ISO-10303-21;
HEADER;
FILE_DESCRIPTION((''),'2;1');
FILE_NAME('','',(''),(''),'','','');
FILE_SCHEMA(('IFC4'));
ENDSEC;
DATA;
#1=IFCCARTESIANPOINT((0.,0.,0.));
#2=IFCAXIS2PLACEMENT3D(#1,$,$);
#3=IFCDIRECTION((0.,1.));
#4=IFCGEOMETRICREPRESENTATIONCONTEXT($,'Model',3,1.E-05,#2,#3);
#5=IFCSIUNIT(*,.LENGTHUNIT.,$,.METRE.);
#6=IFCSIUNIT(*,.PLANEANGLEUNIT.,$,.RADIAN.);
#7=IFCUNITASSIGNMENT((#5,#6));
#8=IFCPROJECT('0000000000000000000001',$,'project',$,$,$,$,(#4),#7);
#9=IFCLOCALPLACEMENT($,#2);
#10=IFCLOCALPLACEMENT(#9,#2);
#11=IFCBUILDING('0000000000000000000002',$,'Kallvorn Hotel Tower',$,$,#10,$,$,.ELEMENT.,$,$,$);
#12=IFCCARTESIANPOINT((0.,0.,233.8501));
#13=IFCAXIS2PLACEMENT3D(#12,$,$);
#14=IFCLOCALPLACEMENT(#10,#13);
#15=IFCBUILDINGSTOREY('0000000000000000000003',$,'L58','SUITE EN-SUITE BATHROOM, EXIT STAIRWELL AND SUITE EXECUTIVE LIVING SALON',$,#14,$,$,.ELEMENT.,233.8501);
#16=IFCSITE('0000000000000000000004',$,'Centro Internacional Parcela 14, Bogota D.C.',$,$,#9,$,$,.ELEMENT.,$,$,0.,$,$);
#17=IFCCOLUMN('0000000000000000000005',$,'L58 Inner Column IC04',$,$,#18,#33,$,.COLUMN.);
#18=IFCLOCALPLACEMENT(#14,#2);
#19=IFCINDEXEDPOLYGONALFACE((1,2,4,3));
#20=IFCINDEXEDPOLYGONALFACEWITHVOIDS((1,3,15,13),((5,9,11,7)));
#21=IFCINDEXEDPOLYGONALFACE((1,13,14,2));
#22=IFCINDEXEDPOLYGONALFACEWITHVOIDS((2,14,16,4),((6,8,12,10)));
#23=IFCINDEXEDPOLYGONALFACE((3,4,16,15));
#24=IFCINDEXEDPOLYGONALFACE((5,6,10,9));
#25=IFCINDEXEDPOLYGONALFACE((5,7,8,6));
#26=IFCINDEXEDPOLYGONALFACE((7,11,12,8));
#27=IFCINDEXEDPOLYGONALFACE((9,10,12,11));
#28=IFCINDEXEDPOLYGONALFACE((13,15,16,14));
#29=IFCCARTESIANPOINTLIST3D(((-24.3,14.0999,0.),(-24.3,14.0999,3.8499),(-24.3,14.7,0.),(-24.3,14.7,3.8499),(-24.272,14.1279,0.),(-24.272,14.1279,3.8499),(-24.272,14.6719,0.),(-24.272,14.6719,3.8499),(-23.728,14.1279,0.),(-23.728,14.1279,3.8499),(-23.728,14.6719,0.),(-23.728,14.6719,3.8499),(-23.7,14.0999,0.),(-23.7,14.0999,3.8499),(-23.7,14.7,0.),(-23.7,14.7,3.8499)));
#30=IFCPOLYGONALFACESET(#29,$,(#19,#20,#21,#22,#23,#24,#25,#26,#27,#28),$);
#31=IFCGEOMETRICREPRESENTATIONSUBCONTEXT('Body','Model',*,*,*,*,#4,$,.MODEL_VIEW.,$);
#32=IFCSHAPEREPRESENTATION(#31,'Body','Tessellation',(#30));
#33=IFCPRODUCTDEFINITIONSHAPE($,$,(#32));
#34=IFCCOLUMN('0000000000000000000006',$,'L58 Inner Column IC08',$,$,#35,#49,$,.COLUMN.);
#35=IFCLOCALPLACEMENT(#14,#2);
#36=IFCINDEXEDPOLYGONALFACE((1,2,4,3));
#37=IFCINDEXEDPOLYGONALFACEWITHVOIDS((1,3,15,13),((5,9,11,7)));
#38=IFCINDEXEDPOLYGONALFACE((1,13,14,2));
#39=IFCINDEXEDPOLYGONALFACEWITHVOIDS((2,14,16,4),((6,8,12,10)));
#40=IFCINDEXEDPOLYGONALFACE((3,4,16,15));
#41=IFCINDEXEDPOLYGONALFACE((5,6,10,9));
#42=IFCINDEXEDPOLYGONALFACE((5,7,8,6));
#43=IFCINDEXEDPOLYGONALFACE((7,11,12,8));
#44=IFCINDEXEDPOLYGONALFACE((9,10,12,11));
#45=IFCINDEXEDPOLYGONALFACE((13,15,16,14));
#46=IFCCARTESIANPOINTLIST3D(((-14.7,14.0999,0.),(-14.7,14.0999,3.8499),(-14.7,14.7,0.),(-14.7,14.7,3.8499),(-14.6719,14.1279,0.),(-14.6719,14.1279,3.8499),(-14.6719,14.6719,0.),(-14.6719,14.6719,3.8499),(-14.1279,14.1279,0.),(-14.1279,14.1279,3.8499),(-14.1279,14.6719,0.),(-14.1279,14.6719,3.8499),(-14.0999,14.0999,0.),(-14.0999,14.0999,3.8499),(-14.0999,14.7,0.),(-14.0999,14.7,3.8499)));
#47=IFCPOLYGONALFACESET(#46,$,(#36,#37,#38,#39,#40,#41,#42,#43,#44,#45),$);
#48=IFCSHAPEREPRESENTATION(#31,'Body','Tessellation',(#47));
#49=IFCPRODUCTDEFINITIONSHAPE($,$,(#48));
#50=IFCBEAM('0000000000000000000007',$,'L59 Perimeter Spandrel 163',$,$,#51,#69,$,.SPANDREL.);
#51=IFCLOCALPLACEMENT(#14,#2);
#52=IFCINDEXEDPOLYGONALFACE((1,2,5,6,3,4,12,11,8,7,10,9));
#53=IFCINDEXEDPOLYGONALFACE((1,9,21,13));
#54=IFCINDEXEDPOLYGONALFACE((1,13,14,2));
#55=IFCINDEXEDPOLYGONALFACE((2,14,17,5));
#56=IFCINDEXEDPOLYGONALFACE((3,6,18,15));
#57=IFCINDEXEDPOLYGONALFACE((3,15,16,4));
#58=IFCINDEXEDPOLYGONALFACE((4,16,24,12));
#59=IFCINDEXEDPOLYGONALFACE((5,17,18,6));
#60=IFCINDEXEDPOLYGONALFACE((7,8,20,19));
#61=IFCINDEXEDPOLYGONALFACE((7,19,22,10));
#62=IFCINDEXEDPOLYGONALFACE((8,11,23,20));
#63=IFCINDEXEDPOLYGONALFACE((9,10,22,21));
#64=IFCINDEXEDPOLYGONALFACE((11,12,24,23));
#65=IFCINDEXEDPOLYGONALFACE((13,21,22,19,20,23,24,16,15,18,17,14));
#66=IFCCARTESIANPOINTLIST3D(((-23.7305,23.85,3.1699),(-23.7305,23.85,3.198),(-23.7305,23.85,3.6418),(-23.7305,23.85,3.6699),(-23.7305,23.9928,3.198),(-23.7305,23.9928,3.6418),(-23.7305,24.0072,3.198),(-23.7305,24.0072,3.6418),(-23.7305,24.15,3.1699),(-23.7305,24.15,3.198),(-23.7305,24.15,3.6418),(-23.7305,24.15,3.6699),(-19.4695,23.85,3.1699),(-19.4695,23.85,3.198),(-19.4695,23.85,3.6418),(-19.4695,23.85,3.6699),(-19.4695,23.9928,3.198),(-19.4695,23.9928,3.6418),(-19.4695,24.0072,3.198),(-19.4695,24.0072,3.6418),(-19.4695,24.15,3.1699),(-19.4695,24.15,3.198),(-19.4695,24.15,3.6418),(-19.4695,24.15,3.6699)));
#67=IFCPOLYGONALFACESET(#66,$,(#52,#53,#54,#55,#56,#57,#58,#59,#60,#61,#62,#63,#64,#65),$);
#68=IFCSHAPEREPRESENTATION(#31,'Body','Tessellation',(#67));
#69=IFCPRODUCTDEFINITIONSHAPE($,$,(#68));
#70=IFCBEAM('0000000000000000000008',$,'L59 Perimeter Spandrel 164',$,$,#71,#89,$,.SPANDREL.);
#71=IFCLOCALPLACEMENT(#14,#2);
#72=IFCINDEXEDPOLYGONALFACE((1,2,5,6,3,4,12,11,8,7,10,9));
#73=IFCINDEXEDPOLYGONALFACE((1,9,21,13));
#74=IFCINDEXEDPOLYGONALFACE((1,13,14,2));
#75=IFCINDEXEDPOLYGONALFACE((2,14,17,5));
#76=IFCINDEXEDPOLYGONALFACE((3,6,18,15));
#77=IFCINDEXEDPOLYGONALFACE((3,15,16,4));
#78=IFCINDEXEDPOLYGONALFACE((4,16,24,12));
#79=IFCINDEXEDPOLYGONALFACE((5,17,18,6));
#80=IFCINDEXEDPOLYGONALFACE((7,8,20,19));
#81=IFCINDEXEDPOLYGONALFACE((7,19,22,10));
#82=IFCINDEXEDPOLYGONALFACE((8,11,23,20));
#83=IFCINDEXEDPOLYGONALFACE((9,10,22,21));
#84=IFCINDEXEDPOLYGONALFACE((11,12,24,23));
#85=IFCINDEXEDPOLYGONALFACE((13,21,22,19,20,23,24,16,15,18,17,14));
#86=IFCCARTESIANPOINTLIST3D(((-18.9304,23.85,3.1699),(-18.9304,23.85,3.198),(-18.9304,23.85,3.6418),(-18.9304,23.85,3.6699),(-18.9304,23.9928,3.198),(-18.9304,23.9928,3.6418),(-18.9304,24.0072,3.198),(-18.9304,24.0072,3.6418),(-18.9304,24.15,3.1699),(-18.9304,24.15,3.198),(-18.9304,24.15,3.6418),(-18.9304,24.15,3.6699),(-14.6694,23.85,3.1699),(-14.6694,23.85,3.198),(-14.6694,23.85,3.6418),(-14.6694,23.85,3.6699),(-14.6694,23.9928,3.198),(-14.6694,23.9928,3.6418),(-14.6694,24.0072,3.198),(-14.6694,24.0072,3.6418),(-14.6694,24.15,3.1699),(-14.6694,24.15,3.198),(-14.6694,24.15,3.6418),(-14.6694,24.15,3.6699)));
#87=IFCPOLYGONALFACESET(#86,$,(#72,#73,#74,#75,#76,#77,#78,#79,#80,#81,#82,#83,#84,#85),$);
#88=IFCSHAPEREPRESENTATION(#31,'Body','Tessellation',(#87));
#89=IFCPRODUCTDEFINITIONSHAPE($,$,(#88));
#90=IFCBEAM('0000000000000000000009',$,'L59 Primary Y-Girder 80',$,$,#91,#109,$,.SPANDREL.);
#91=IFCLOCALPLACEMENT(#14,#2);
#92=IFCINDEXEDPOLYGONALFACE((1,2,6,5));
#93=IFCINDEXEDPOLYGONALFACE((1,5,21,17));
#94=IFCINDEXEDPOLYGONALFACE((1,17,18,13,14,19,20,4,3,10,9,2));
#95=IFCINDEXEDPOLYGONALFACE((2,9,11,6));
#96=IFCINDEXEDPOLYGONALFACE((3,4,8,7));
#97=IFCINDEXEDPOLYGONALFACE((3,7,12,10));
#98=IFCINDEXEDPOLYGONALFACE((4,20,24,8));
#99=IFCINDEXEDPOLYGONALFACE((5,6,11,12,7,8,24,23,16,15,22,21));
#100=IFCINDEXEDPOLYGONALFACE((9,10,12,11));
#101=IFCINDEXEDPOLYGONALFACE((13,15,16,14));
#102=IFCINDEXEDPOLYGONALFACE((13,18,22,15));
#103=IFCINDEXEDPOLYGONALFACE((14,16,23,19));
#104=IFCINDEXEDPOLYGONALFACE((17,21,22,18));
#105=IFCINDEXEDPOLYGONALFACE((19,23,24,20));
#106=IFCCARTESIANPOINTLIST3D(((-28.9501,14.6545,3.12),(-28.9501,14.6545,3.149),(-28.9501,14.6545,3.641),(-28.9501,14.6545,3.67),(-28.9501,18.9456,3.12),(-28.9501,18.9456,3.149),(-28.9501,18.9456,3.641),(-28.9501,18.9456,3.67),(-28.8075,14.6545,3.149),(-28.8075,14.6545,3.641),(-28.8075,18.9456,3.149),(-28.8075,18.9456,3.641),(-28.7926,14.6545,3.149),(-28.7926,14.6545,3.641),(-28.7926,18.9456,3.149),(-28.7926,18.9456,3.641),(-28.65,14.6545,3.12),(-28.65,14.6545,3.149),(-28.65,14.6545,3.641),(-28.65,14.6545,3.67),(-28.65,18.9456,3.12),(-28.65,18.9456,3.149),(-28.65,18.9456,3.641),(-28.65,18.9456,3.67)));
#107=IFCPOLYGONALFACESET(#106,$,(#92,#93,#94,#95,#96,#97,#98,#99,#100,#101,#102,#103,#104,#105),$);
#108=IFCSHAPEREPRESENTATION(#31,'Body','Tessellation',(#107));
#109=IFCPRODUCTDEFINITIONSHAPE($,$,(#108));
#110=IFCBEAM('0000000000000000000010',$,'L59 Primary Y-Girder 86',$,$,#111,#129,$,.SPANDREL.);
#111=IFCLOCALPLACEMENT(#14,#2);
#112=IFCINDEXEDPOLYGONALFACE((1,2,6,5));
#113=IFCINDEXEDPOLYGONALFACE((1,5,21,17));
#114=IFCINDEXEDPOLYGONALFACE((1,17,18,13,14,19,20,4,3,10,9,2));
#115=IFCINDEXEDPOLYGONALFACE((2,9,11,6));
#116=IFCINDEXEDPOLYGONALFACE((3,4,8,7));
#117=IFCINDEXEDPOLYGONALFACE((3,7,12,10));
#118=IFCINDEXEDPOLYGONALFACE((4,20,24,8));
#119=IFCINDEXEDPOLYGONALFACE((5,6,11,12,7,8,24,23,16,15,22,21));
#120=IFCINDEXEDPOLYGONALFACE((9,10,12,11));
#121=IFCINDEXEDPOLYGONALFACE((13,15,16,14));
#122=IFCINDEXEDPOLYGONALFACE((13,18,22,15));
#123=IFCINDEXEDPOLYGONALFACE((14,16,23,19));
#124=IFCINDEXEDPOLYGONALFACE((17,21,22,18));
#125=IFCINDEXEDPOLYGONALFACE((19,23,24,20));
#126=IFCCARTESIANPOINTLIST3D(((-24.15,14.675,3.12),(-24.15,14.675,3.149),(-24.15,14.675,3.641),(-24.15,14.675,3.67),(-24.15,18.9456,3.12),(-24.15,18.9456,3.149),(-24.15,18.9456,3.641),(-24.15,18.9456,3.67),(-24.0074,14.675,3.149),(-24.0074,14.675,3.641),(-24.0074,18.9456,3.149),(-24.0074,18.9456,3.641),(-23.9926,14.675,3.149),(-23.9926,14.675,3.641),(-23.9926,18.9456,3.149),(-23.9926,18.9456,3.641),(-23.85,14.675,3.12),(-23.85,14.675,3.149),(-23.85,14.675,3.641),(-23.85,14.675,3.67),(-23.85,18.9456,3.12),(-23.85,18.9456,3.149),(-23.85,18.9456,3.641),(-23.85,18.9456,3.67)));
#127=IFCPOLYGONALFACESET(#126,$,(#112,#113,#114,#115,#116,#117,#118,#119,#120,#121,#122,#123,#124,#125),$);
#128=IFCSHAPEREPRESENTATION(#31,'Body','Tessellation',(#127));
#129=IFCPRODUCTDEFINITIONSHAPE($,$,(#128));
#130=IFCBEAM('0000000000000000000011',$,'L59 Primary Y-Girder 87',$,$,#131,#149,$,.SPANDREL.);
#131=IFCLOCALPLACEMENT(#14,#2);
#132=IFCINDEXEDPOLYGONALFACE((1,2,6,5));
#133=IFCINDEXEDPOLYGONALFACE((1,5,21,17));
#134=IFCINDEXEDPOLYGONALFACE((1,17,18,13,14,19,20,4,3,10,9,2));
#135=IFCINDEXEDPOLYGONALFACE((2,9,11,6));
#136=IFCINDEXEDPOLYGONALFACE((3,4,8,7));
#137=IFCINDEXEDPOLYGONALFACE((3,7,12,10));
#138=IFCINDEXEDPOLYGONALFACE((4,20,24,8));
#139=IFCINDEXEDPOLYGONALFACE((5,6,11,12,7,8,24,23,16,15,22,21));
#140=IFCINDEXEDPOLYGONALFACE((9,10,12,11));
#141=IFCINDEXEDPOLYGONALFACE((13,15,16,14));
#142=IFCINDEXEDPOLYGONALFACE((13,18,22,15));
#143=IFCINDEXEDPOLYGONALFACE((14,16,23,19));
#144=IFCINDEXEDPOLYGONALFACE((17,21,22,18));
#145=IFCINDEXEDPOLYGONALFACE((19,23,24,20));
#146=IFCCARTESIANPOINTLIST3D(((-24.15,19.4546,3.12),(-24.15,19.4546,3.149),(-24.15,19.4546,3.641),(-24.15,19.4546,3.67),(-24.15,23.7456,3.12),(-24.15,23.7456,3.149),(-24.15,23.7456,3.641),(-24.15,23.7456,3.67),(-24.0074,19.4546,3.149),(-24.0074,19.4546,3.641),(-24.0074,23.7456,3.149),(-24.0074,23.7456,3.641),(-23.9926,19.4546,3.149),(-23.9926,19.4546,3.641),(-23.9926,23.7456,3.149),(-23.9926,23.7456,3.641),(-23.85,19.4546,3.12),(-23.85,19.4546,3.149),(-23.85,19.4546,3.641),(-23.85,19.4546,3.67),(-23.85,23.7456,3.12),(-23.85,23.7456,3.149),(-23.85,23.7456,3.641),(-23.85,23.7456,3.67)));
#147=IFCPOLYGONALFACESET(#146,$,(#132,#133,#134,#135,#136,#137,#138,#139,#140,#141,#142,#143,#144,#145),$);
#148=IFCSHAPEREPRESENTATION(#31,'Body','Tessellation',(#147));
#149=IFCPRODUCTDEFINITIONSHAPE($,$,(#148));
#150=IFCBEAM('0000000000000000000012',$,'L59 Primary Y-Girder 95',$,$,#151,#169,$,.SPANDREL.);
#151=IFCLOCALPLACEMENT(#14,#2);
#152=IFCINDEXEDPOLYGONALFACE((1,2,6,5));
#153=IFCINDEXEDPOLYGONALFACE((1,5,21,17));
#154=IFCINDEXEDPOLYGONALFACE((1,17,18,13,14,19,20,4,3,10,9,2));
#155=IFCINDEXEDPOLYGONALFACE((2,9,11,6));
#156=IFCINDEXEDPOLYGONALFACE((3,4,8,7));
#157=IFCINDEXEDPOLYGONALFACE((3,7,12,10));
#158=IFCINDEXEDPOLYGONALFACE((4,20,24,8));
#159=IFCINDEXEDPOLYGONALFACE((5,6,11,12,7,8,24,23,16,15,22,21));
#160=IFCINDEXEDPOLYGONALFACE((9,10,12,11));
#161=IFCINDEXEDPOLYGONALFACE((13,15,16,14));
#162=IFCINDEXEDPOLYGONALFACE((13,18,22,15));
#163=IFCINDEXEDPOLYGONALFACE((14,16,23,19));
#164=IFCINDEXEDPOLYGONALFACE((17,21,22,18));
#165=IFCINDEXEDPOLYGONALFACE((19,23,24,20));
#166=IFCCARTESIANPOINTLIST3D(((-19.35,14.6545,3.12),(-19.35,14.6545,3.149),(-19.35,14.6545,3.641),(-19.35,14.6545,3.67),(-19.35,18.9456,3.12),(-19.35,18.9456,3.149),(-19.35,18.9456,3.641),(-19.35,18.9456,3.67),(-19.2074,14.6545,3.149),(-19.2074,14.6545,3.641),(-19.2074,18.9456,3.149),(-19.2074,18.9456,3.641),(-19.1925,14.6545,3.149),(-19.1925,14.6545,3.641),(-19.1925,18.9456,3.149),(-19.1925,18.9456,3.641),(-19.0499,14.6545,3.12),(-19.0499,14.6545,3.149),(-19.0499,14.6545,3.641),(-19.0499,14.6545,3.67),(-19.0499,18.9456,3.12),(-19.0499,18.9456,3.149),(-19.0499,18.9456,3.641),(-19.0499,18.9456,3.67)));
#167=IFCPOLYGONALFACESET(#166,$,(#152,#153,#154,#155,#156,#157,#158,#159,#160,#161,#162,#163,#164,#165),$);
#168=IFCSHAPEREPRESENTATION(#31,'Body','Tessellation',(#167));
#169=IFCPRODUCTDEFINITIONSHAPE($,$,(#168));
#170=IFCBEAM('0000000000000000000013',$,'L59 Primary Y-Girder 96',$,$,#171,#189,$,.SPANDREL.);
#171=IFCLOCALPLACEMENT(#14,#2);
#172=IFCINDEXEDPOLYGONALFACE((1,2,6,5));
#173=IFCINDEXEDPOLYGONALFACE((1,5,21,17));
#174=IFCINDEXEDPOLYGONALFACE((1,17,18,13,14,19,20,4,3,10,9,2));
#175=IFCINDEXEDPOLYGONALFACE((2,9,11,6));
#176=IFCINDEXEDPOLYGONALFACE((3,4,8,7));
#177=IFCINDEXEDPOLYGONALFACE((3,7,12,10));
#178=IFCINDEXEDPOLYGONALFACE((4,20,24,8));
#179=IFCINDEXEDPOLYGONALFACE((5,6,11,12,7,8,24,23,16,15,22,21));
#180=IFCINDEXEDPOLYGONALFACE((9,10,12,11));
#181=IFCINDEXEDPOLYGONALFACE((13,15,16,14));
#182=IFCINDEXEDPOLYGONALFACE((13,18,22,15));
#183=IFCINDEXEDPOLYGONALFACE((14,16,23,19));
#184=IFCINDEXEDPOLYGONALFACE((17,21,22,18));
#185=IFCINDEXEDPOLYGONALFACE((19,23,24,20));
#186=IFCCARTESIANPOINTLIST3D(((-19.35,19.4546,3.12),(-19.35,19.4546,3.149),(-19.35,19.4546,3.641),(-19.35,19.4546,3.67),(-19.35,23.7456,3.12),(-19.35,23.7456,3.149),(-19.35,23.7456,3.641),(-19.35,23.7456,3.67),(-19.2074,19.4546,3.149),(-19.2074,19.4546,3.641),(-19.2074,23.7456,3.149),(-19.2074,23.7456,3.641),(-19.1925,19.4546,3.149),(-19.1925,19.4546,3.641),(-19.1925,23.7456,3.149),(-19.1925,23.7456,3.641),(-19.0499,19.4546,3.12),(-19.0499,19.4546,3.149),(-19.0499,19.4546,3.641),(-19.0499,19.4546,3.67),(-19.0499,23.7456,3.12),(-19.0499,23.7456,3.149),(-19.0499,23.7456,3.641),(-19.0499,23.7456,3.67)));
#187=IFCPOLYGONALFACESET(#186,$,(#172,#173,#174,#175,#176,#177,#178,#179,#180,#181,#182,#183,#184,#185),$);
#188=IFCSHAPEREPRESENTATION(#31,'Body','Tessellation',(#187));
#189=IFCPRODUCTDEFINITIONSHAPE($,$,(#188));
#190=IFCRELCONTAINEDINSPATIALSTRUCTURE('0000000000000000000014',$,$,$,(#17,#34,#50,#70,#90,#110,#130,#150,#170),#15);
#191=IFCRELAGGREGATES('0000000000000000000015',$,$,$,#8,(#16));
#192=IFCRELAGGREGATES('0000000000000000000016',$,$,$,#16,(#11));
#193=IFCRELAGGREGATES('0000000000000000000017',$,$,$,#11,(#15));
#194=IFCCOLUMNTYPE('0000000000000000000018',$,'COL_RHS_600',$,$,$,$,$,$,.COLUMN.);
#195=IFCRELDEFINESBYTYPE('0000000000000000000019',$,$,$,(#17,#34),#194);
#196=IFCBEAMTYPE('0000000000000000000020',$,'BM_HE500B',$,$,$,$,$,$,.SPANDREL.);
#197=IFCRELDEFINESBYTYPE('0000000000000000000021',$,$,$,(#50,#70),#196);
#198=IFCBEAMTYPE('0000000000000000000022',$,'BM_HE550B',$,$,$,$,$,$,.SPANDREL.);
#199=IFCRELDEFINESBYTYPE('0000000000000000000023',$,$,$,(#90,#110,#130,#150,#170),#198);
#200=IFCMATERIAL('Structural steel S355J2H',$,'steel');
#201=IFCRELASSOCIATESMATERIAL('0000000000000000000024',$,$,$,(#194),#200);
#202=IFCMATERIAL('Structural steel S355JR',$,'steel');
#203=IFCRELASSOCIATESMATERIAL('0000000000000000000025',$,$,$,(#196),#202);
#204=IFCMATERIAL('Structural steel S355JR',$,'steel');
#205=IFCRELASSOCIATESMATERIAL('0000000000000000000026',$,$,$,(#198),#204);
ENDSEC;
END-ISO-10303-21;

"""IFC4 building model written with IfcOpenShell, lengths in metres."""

from ifc_helpers import new_model, si_unit, direction, frame, origin, origin_2d, place, context, subcontext, project, spatial, hollow_rectangle, i_section, extrude, material, material_profile, profile_set, type_object, element, save


model = new_model("IFC4")

# Units and contexts
model_context = context("Model", 3, precision=1e-05, world=origin(), true_north=direction((0.0, 1.0)))
body_context = subcontext(model_context, "Body", "Model", "MODEL_VIEW")
ifc_project = project(units=[si_unit("LENGTHUNIT", "METRE"), si_unit("PLANEANGLEUNIT", "RADIAN")], contexts=[model_context])

# Site, building, storey
site_placement = place(None, origin())
site = spatial("IfcSite", under=ifc_project, at=site_placement, Name="Centro Internacional Parcela 14, Bogota D.C.", CompositionType="ELEMENT", RefElevation=0.0)
building_placement = place(site_placement, origin())
building = spatial("IfcBuilding", under=site, at=building_placement, Name="Kallvorn Hotel Tower", CompositionType="ELEMENT")
storey_placement = place(building_placement, frame((0.0, 0.0, 233.8501)))
storey = spatial("IfcBuildingStorey", under=building, at=storey_placement, Name="L58", Description="SUITE EN-SUITE BATHROOM, EXIT STAIRWELL AND SUITE EXECUTIVE LIVING SALON", CompositionType="ELEMENT", Elevation=233.8501)

# Columns
ifc_material_1 = material(Name="Structural steel S355J2H", Category="steel")
ifc_material_profile_1 = material_profile(ifc_material_1, hollow_rectangle(XDim=0.6001, YDim=0.6001, WallThickness=0.0281, at=origin_2d()), Name="RHS 600x600x28")
ifc_profile_set_1 = profile_set([ifc_material_profile_1], Name="Structural steel S355J2H")
column_type_1 = type_object("IfcColumnType", Name="COL_RHS_600", PredefinedType="COLUMN", material=ifc_profile_set_1)
for number, where, z_axis, x_axis, name in (
    (1, (-24.0, 14.3999, 0.0), (0.0, 0.0, 1.0), (1.0, 0.0, 0.0), "L58 Inner Column IC04"),
    (2, (-14.3999, 14.3999, 0.0), (0.0, 0.0, 1.0), (1.0, 0.0, 0.0), "L58 Inner Column IC08"),
):
    element("IfcColumn", number, at=place(storey_placement, frame(where, z_axis=z_axis, x_axis=x_axis)), inside=storey, type_object=column_type_1, Name=name, PredefinedType="COLUMN", context=body_context, shape_type="SweptSolid", body=[
        extrude(hollow_rectangle(XDim=0.6001, YDim=0.6001, WallThickness=0.0281, at=origin_2d()), origin(), (0.0, 0.0, 1.0), 3.8499),
    ])

# Beams
ifc_material_2 = material(Name="Structural steel S355JR", Category="steel")
ifc_material_profile_2 = material_profile(ifc_material_2, i_section(OverallWidth=0.3, OverallDepth=0.5, WebThickness=0.0144, FlangeThickness=0.0281, at=origin_2d()), Name="HE 500 B")
ifc_profile_set_2 = profile_set([ifc_material_profile_2], Name="Structural steel S355JR")
beam_type_1 = type_object("IfcBeamType", Name="BM_HE500B", PredefinedType="SPANDREL", material=ifc_profile_set_2)
for number, where, z_axis, x_axis, name in (
    (3, (-23.7305, 24.0, 3.4199), (1.0, 0.0, 0.0), (0.0, 1.0, 0.0), "L59 Perimeter Spandrel 163"),
    (4, (-18.9304, 24.0, 3.4199), (1.0, 0.0, 0.0), (0.0, 1.0, 0.0), "L59 Perimeter Spandrel 164"),
):
    element("IfcBeam", number, at=place(storey_placement, frame(where, z_axis=z_axis, x_axis=x_axis)), inside=storey, type_object=beam_type_1, Name=name, PredefinedType="SPANDREL", context=body_context, shape_type="SweptSolid", body=[
        extrude(i_section(OverallWidth=0.3, OverallDepth=0.5, WebThickness=0.0144, FlangeThickness=0.0281, at=origin_2d()), origin(), (0.0, 0.0, 1.0), 4.261),
    ])
ifc_material_3 = material(Name="Structural steel S355JR", Category="steel")
ifc_material_profile_3 = material_profile(ifc_material_3, i_section(OverallWidth=0.3, OverallDepth=0.55, WebThickness=0.0149, FlangeThickness=0.0291, at=origin_2d()), Name="HE 550 B")
ifc_profile_set_3 = profile_set([ifc_material_profile_3], Name="Structural steel S355JR")
beam_type_2 = type_object("IfcBeamType", Name="BM_HE550B", PredefinedType="SPANDREL", material=ifc_profile_set_3)
beam_1_placement = place(storey_placement, frame((-28.8, 14.6545, 3.395), z_axis=(0.0, 1.0, 0.0), x_axis=(-1.0, 0.0, 0.0)))
element("IfcBeam", 5, at=beam_1_placement, inside=storey, type_object=beam_type_2, Name="L59 Primary Y-Girder 80", PredefinedType="SPANDREL", context=body_context, shape_type="SweptSolid", body=[
    extrude(i_section(OverallWidth=0.3, OverallDepth=0.55, WebThickness=0.0149, FlangeThickness=0.0291, at=origin_2d()), origin(), (0.0, 0.0, 1.0), 4.291),
])
beam_2_placement = place(storey_placement, frame((-24.0, 14.675, 3.395), z_axis=(0.0, 1.0, 0.0), x_axis=(-1.0, 0.0, 0.0)))
element("IfcBeam", 6, at=beam_2_placement, inside=storey, type_object=beam_type_2, Name="L59 Primary Y-Girder 86", PredefinedType="SPANDREL", context=body_context, shape_type="SweptSolid", body=[
    extrude(i_section(OverallWidth=0.3, OverallDepth=0.55, WebThickness=0.0149, FlangeThickness=0.0291, at=origin_2d()), origin(), (0.0, 0.0, 1.0), 4.2705),
])
for number, where, z_axis, x_axis, name in (
    (7, (-24.0, 19.4546, 3.395), (0.0, 1.0, 0.0), (-1.0, 0.0, 0.0), "L59 Primary Y-Girder 87"),
    (8, (-19.2, 14.6545, 3.395), (0.0, 1.0, 0.0), (-1.0, 0.0, 0.0), "L59 Primary Y-Girder 95"),
    (9, (-19.2, 19.4546, 3.395), (0.0, 1.0, 0.0), (-1.0, 0.0, 0.0), "L59 Primary Y-Girder 96"),
):
    element("IfcBeam", number, at=place(storey_placement, frame(where, z_axis=z_axis, x_axis=x_axis)), inside=storey, type_object=beam_type_2, Name=name, PredefinedType="SPANDREL", context=body_context, shape_type="SweptSolid", body=[
        extrude(i_section(OverallWidth=0.3, OverallDepth=0.55, WebThickness=0.0149, FlangeThickness=0.0291, at=origin_2d()), origin(), (0.0, 0.0, 1.0), 4.291),
    ])

save(model, "model.ifc")
